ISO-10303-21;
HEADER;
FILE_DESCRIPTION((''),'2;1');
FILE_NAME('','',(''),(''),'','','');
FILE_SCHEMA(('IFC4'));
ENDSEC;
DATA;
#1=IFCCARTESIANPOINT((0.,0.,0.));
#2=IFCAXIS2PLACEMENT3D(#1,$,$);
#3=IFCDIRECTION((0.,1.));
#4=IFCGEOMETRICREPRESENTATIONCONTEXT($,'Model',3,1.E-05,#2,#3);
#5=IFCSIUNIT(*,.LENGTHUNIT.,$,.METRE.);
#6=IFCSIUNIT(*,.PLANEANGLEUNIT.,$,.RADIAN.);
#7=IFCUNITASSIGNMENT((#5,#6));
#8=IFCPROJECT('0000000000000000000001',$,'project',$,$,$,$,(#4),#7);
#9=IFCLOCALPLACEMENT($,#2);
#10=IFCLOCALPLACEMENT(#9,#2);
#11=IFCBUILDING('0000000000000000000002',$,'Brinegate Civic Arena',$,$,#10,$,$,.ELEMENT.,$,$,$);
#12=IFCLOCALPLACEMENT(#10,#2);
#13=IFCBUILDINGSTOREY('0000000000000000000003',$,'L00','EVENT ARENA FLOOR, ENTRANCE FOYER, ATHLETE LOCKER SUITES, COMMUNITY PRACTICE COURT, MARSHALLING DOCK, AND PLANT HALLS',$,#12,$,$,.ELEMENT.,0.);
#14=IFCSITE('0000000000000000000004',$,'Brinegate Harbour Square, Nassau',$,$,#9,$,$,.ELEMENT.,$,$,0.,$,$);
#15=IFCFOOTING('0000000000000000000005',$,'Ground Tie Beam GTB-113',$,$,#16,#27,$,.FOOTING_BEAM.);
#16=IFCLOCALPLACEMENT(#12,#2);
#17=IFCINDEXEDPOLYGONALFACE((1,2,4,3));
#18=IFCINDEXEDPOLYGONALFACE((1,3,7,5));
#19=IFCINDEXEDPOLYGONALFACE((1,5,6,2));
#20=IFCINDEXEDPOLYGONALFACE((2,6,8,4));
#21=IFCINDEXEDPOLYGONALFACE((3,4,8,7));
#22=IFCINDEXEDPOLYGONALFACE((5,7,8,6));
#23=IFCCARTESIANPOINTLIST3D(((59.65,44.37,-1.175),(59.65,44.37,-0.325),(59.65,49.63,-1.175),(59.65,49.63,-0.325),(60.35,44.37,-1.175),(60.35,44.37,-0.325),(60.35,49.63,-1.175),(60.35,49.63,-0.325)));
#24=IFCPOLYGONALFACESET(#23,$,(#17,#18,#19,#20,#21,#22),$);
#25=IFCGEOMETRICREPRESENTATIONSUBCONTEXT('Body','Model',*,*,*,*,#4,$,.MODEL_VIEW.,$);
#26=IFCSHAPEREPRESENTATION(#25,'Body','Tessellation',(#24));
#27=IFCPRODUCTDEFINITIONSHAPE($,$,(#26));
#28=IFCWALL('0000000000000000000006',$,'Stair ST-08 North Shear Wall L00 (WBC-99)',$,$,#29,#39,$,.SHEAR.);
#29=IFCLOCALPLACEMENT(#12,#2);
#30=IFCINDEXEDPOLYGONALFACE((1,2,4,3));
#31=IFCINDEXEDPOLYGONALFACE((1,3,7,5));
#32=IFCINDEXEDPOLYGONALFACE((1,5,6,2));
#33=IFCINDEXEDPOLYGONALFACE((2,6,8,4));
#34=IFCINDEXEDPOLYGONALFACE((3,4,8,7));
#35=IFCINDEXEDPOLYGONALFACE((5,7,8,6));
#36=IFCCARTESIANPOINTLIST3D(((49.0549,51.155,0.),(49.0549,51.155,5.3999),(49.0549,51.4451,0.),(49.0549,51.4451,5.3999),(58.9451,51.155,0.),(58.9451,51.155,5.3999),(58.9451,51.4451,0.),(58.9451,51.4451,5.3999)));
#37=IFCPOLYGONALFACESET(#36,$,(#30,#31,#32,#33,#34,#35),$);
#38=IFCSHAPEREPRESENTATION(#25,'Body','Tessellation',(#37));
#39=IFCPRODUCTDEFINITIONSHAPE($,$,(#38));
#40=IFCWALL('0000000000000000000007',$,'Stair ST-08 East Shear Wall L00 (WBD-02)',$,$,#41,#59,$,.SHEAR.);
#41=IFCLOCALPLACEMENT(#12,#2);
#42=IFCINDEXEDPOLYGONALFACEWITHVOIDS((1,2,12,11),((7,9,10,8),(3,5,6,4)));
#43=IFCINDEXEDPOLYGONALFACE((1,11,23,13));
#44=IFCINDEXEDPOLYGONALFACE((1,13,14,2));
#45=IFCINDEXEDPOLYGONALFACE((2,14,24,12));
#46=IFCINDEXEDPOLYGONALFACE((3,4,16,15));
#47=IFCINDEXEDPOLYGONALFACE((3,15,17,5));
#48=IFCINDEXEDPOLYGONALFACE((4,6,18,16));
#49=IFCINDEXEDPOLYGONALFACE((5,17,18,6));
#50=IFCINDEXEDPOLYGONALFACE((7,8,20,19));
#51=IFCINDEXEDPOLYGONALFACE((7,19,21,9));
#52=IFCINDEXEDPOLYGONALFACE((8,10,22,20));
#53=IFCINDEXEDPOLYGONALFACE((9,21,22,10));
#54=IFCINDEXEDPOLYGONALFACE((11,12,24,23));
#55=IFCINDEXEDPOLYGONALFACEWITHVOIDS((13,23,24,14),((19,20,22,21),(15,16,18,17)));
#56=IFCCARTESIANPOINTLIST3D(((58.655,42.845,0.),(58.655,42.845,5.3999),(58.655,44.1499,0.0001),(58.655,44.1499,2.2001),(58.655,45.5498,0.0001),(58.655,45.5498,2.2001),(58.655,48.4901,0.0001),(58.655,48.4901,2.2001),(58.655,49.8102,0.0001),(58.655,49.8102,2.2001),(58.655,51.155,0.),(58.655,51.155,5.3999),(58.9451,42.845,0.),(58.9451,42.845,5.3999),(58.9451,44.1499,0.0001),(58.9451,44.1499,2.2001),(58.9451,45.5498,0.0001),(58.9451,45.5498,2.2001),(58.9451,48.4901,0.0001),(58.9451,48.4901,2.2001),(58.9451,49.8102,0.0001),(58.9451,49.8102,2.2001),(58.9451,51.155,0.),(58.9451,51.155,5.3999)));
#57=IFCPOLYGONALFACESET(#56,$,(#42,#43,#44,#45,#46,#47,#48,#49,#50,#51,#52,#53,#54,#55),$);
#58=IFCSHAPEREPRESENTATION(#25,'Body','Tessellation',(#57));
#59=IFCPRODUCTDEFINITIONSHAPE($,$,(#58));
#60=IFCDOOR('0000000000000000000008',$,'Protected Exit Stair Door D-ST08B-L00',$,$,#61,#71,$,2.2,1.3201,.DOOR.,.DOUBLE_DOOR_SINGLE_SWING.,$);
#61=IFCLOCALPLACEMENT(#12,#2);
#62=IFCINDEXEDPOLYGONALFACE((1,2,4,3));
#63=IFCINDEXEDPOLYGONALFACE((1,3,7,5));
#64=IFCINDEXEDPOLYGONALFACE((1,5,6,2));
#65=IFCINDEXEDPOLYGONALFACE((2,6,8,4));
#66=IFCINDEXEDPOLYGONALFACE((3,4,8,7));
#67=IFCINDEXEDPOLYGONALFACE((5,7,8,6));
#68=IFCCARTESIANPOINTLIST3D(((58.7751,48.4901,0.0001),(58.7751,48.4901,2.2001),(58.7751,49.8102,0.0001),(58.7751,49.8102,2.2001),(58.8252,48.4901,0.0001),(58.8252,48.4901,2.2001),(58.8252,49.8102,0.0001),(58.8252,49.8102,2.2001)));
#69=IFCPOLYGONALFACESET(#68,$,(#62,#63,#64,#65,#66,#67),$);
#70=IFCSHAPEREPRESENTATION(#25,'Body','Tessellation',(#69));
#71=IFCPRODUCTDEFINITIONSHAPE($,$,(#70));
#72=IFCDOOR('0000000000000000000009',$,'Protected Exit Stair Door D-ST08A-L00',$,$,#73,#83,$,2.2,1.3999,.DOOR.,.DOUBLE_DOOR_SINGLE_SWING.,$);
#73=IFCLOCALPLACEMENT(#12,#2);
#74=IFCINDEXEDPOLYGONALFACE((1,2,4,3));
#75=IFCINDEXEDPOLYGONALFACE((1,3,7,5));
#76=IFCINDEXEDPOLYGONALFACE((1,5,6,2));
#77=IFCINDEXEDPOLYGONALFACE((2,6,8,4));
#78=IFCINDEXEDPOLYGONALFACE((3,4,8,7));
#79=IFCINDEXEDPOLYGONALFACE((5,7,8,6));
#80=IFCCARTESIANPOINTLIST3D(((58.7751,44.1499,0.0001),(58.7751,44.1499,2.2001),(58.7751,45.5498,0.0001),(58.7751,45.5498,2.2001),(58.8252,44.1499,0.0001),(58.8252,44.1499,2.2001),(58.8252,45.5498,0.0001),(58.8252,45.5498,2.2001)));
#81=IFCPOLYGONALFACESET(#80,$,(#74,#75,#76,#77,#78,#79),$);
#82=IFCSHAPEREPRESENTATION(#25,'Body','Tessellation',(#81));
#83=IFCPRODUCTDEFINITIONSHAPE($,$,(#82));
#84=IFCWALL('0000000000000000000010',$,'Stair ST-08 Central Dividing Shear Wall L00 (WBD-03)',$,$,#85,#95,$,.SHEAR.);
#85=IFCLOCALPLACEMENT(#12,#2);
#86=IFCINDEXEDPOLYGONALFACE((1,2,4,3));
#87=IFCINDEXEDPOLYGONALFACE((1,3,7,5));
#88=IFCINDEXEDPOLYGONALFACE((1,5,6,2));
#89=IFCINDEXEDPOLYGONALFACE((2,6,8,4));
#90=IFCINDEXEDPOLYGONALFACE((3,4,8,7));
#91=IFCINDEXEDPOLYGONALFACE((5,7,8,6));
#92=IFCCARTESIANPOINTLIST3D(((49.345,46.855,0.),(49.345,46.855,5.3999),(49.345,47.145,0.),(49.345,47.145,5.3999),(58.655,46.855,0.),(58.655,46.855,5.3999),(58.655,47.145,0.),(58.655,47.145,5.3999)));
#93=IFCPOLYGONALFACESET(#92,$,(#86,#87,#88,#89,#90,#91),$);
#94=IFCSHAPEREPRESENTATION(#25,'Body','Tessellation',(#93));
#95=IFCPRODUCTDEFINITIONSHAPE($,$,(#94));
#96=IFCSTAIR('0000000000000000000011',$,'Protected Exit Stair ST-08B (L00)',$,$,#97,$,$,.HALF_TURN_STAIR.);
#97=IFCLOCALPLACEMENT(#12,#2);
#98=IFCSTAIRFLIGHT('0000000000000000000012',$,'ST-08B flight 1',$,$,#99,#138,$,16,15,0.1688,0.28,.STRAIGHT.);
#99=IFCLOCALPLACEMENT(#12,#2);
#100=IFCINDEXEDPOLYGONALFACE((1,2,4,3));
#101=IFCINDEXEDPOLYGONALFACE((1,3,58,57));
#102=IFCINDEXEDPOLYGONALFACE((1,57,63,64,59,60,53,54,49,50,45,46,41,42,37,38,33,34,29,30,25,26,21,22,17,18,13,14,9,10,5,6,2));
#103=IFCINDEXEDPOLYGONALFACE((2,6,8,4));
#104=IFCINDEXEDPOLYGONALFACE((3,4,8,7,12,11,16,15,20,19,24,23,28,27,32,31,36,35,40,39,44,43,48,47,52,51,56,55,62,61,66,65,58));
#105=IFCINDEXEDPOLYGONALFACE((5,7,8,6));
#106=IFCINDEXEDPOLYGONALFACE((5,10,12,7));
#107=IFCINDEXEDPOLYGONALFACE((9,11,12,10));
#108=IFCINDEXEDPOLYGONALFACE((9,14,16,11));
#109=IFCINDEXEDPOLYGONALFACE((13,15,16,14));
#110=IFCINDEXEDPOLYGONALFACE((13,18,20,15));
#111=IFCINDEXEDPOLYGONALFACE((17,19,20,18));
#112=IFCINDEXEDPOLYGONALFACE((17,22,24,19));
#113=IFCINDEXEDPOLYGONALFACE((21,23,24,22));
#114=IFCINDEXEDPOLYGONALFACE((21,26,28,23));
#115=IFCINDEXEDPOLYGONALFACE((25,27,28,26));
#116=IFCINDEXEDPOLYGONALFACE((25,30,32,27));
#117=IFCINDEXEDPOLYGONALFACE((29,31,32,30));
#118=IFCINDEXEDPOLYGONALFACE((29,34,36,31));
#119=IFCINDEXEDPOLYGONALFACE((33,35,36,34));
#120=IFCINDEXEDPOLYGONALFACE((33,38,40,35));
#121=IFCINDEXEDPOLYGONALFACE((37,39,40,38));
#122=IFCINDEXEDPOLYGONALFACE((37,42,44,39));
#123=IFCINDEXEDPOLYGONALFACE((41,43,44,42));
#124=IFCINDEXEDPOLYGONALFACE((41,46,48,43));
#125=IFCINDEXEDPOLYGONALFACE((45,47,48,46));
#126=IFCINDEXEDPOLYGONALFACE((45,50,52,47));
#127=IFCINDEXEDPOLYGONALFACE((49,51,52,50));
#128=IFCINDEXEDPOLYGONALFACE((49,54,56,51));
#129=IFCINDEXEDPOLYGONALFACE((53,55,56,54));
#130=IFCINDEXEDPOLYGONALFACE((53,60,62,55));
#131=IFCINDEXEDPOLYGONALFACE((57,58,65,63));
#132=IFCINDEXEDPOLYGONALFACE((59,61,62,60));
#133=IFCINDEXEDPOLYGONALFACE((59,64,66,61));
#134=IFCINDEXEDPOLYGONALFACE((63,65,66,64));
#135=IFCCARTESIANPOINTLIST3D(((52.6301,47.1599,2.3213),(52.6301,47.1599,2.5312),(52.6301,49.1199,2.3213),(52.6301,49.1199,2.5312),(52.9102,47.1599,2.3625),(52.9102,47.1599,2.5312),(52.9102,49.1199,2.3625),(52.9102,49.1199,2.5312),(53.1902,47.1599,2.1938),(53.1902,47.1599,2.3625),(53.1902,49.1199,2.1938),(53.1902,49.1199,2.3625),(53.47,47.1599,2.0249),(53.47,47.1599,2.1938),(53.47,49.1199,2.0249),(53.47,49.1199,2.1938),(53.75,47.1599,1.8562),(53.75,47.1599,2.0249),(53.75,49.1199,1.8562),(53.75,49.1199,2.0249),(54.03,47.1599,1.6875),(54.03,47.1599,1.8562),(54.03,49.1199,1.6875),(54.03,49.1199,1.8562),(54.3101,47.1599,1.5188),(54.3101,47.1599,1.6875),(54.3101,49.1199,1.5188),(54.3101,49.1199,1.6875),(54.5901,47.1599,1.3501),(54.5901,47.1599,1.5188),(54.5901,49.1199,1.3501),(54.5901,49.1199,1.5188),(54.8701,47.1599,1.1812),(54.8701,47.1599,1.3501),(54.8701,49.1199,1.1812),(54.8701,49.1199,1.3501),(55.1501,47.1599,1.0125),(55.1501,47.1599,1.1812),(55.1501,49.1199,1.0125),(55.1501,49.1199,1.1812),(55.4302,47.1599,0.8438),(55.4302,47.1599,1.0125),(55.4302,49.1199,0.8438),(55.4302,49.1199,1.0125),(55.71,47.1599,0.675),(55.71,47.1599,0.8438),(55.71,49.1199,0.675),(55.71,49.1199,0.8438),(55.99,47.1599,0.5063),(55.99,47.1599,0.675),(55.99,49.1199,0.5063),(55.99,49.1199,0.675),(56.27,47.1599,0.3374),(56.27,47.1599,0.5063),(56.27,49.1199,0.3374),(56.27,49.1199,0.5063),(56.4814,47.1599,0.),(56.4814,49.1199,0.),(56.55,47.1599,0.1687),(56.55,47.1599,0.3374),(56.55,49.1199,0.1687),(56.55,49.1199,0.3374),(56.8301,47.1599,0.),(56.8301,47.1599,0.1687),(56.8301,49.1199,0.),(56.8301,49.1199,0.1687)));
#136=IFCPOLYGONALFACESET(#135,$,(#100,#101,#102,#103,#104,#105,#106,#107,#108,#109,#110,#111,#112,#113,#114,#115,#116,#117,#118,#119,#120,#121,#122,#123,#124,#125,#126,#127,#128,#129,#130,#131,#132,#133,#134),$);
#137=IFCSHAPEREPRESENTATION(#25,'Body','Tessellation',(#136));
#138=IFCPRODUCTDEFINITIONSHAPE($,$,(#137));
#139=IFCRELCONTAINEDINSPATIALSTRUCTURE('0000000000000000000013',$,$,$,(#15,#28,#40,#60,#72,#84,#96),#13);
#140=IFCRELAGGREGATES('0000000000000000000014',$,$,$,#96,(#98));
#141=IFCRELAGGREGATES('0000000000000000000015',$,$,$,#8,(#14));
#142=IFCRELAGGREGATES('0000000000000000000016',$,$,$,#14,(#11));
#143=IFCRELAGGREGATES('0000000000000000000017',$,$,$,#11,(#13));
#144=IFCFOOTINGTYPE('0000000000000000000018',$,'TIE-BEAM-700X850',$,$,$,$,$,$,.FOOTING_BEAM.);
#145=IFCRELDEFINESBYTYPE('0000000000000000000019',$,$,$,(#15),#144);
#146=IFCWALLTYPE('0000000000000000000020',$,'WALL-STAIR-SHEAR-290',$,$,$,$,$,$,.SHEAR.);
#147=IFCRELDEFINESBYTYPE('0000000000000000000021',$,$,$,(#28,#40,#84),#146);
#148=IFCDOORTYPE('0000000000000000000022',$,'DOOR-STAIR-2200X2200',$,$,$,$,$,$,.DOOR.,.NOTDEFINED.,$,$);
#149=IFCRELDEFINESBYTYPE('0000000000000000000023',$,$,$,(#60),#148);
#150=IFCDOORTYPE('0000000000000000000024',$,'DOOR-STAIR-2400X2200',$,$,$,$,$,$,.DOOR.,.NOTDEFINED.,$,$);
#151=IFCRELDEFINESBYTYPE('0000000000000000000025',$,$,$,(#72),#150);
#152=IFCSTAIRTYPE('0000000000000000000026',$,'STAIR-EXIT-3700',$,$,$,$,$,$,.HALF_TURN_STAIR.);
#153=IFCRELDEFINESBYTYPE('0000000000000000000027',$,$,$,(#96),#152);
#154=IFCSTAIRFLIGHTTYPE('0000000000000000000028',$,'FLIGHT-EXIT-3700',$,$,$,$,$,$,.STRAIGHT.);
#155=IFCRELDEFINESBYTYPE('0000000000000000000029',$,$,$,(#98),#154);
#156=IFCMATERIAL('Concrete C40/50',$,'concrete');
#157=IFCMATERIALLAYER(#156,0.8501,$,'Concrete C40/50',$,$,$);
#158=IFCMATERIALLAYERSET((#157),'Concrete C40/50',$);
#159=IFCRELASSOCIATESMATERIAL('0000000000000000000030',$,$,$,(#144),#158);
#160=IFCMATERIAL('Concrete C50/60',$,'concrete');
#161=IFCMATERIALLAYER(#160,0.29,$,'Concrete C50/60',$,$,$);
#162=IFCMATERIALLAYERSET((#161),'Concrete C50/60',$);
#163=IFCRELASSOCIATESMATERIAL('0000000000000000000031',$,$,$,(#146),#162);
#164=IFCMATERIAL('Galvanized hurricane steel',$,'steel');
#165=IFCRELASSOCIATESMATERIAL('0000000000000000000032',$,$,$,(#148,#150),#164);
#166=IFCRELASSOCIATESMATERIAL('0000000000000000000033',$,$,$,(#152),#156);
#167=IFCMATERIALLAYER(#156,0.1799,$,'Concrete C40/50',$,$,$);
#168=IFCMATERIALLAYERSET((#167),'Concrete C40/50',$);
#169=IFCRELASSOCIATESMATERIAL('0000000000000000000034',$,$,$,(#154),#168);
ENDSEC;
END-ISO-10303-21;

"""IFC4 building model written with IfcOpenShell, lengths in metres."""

from ifc_helpers import new_model, si_unit, direction, frame, frame_2d, origin, origin_2d, place, context, subcontext, project, spatial, polyline, rectangle, outline, extrude, material, layer, layer_set, type_object, element, fill, aggregate, save


model = new_model("IFC4")

# Units and contexts
model_context = context("Model", 3, precision=1e-05, world=origin(), true_north=direction((0.0, 1.0)))
body_context = subcontext(model_context, "Body", "Model", "MODEL_VIEW")
ifc_project = project(units=[si_unit("LENGTHUNIT", "METRE"), si_unit("PLANEANGLEUNIT", "RADIAN")], contexts=[model_context])

# Site, building, storey
site_placement = place(None, origin())
site = spatial("IfcSite", under=ifc_project, at=site_placement, Name="Brinegate Harbour Square, Nassau", CompositionType="ELEMENT", RefElevation=0.0)
building_placement = place(site_placement, origin())
building = spatial("IfcBuilding", under=site, at=building_placement, Name="Brinegate Civic Arena", CompositionType="ELEMENT")
storey_placement = place(building_placement, origin())
storey = spatial("IfcBuildingStorey", under=building, at=storey_placement, Name="L00", Description="EVENT ARENA FLOOR, ENTRANCE FOYER, ATHLETE LOCKER SUITES, COMMUNITY PRACTICE COURT, MARSHALLING DOCK, AND PLANT HALLS", CompositionType="ELEMENT", Elevation=0.0)

# Shared definitions
ifc_material_1 = material(Name="Concrete C40/50", Category="concrete")

# Footing
ifc_layer_1 = layer(ifc_material_1, 0.8501, Name="Concrete C40/50")
ifc_layer_set_1 = layer_set([ifc_layer_1], Name="Concrete C40/50")
footing_type = type_object("IfcFootingType", Name="TIE-BEAM-700X850", PredefinedType="FOOTING_BEAM", material=ifc_layer_set_1)
for number, where, z_axis, x_axis, name in (
    (1, (60.0, 47.0, -1.175), (0.0, 0.0, 1.0), (0.0, 1.0, 0.0), "Ground Tie Beam GTB-113"),
):
    element("IfcFooting", number, at=place(storey_placement, frame(where, z_axis=z_axis, x_axis=x_axis)), inside=storey, type_object=footing_type, Name=name, PredefinedType="FOOTING_BEAM", context=body_context, shape_type="SweptSolid", body=[
        extrude(rectangle(XDim=5.26, YDim=0.7, at=origin_2d()), origin(), (0.0, 0.0, 1.0), 0.8501),
    ])

# Wall
ifc_material_2 = material(Name="Concrete C50/60", Category="concrete")
ifc_layer_2 = layer(ifc_material_2, 0.29, Name="Concrete C50/60")
ifc_layer_set_2 = layer_set([ifc_layer_2], Name="Concrete C50/60")
wall_type = type_object("IfcWallType", Name="WALL-STAIR-SHEAR-290", PredefinedType="SHEAR", material=ifc_layer_set_2)
wall_1_placement = place(storey_placement, frame((49.0549, 51.3, 0.0), z_axis=(0.0, 0.0, 1.0), x_axis=(1.0, 0.0, 0.0)))
element("IfcWall", 2, at=wall_1_placement, inside=storey, type_object=wall_type, Name="Stair ST-08 North Shear Wall L00 (WBC-99)", PredefinedType="SHEAR", context=body_context, shape_type="SweptSolid", body=[
    extrude(rectangle(XDim=9.8901, YDim=0.29, at=frame_2d((4.9451, 0.0))), origin(), (0.0, 0.0, 1.0), 5.3999),
])

# Wall, openings, doors
wall_2_placement = place(storey_placement, frame((58.8, 42.845, 0.0), z_axis=(0.0, 0.0, 1.0), x_axis=(0.0, 1.0, 0.0)))
wall_2 = element("IfcWall", 3, at=wall_2_placement, inside=storey, type_object=wall_type, Name="Stair ST-08 East Shear Wall L00 (WBD-02)", PredefinedType="SHEAR", context=body_context, shape_type="SweptSolid", body=[
    extrude(rectangle(XDim=8.3101, YDim=0.29, at=frame_2d((4.155, 0.0))), origin(), (0.0, 0.0, 1.0), 5.3999),
])
opening_1_placement = place(wall_2_placement, frame((1.3049, 0.0, 0.0)))
opening_1 = element("IfcOpeningElement", 4, at=opening_1_placement, cuts=wall_2, PredefinedType="OPENING", context=body_context, shape_type="SweptSolid", body=[
    extrude(rectangle(XDim=1.3999, YDim=2.2, at=frame_2d((0.7, 1.1001))), frame((0.0, 0.155, 0.0), z_axis=(0.0, -1.0, 0.0), x_axis=(1.0, 0.0, 0.0)), (0.0, 0.0, 1.0), 0.3101),
])
opening_2_placement = place(wall_2_placement, frame((5.645, 0.0, 0.0)))
opening_2 = element("IfcOpeningElement", 5, at=opening_2_placement, cuts=wall_2, PredefinedType="OPENING", context=body_context, shape_type="SweptSolid", body=[
    extrude(rectangle(XDim=1.3201, YDim=2.2, at=frame_2d((0.6602, 1.1001))), frame((0.0, 0.155, 0.0), z_axis=(0.0, -1.0, 0.0), x_axis=(1.0, 0.0, 0.0)), (0.0, 0.0, 1.0), 0.3101),
])
ifc_material_3 = material(Name="Galvanized hurricane steel", Category="steel")
door_type_1 = type_object("IfcDoorType", Name="DOOR-STAIR-2200X2200", OperationType="NOTDEFINED", PredefinedType="DOOR", material=ifc_material_3)
door_1_placement = place(opening_2_placement, origin())
door_1 = element("IfcDoor", 6, at=door_1_placement, inside=storey, type_object=door_type_1, Name="Protected Exit Stair Door D-ST08B-L00", OperationType="DOUBLE_DOOR_SINGLE_SWING", OverallHeight=2.2, OverallWidth=1.3201, PredefinedType="DOOR", context=body_context, shape_type="SweptSolid", body=[
    extrude(rectangle(XDim=1.3201, YDim=2.2, at=frame_2d((0.6602, 1.1001))), frame((0.0, 0.0249, 0.0), z_axis=(0.0, -1.0, 0.0), x_axis=(1.0, 0.0, 0.0)), (0.0, 0.0, 1.0), 0.05),
])
fill(opening_2, door_1)
door_type_2 = type_object("IfcDoorType", Name="DOOR-STAIR-2400X2200", OperationType="NOTDEFINED", PredefinedType="DOOR", material=ifc_material_3)
door_2_placement = place(opening_1_placement, origin())
door_2 = element("IfcDoor", 7, at=door_2_placement, inside=storey, type_object=door_type_2, Name="Protected Exit Stair Door D-ST08A-L00", OperationType="DOUBLE_DOOR_SINGLE_SWING", OverallHeight=2.2, OverallWidth=1.3999, PredefinedType="DOOR", context=body_context, shape_type="SweptSolid", body=[
    extrude(rectangle(XDim=1.3999, YDim=2.2, at=frame_2d((0.7, 1.1001))), frame((0.0, 0.0249, 0.0), z_axis=(0.0, -1.0, 0.0), x_axis=(1.0, 0.0, 0.0)), (0.0, 0.0, 1.0), 0.05),
])
fill(opening_1, door_2)

# Wall
wall_3_placement = place(storey_placement, frame((49.345, 47.0, 0.0), z_axis=(0.0, 0.0, 1.0), x_axis=(1.0, 0.0, 0.0)))
element("IfcWall", 8, at=wall_3_placement, inside=storey, type_object=wall_type, Name="Stair ST-08 Central Dividing Shear Wall L00 (WBD-03)", PredefinedType="SHEAR", context=body_context, shape_type="SweptSolid", body=[
    extrude(rectangle(XDim=9.3101, YDim=0.29, at=frame_2d((4.655, 0.0))), origin(), (0.0, 0.0, 1.0), 5.3999),
])

# Stair, stair flight
stair_type_1 = type_object("IfcStairType", Name="STAIR-EXIT-3700", PredefinedType="HALF_TURN_STAIR", material=ifc_material_1)
stair_1_placement = place(storey_placement, origin())
stair_1 = element("IfcStair", 9, at=stair_1_placement, inside=storey, type_object=stair_type_1, Name="Protected Exit Stair ST-08B (L00)", PredefinedType="HALF_TURN_STAIR")
ifc_layer_3 = layer(ifc_material_1, 0.1799, Name="Concrete C40/50")
ifc_layer_set_3 = layer_set([ifc_layer_3], Name="Concrete C40/50")
stair_flight_type_1 = type_object("IfcStairFlightType", Name="FLIGHT-EXIT-3700", PredefinedType="STRAIGHT", material=ifc_layer_set_3)
stair_flight_1_placement = place(storey_placement, frame((56.8301, 48.1399, 0.0), z_axis=(0.0, 0.0, 1.0), x_axis=(-1.0, 0.0, 0.0)))
stair_flight_1 = element("IfcStairFlight", 10, at=stair_flight_1_placement, type_object=stair_flight_type_1, Name="ST-08B flight 1", NumberOfRisers=16, NumberOfTreads=15, PredefinedType="STRAIGHT", RiserHeight=0.1688, TreadLength=0.28, context=body_context, shape_type="SweptSolid", body=[
    extrude(outline(polyline([(0.0, 0.0), (0.0, 0.1687), (0.28, 0.1687), (0.28, 0.3374), (0.5601, 0.3374), (0.5601, 0.5063), (0.8401, 0.5063), (0.8401, 0.675), (1.1201, 0.675), (1.1201, 0.8438), (1.3999, 0.8438), (1.3999, 1.0125), (1.6799, 1.0125), (1.6799, 1.1812), (1.96, 1.1812), (1.96, 1.3501), (2.24, 1.3501), (2.24, 1.5188), (2.52, 1.5188), (2.52, 1.6875), (2.8, 1.6875), (2.8, 1.8562), (3.0801, 1.8562), (3.0801, 2.0249), (3.3601, 2.0249), (3.3601, 2.1938), (3.6399, 2.1938), (3.6399, 2.3625), (3.9199, 2.3625), (3.9199, 2.5312), (4.2, 2.5312), (4.2, 2.7), (4.2, 2.3213), (0.3486, 0.0), (0.0, 0.0)])), frame((0.0, 0.98, 0.0), z_axis=(0.0, -1.0, 0.0), x_axis=(1.0, 0.0, 0.0)), (0.0, 0.0, 1.0), 1.96),
])
aggregate(stair_1, [stair_flight_1])

save(model, "model.ifc")
